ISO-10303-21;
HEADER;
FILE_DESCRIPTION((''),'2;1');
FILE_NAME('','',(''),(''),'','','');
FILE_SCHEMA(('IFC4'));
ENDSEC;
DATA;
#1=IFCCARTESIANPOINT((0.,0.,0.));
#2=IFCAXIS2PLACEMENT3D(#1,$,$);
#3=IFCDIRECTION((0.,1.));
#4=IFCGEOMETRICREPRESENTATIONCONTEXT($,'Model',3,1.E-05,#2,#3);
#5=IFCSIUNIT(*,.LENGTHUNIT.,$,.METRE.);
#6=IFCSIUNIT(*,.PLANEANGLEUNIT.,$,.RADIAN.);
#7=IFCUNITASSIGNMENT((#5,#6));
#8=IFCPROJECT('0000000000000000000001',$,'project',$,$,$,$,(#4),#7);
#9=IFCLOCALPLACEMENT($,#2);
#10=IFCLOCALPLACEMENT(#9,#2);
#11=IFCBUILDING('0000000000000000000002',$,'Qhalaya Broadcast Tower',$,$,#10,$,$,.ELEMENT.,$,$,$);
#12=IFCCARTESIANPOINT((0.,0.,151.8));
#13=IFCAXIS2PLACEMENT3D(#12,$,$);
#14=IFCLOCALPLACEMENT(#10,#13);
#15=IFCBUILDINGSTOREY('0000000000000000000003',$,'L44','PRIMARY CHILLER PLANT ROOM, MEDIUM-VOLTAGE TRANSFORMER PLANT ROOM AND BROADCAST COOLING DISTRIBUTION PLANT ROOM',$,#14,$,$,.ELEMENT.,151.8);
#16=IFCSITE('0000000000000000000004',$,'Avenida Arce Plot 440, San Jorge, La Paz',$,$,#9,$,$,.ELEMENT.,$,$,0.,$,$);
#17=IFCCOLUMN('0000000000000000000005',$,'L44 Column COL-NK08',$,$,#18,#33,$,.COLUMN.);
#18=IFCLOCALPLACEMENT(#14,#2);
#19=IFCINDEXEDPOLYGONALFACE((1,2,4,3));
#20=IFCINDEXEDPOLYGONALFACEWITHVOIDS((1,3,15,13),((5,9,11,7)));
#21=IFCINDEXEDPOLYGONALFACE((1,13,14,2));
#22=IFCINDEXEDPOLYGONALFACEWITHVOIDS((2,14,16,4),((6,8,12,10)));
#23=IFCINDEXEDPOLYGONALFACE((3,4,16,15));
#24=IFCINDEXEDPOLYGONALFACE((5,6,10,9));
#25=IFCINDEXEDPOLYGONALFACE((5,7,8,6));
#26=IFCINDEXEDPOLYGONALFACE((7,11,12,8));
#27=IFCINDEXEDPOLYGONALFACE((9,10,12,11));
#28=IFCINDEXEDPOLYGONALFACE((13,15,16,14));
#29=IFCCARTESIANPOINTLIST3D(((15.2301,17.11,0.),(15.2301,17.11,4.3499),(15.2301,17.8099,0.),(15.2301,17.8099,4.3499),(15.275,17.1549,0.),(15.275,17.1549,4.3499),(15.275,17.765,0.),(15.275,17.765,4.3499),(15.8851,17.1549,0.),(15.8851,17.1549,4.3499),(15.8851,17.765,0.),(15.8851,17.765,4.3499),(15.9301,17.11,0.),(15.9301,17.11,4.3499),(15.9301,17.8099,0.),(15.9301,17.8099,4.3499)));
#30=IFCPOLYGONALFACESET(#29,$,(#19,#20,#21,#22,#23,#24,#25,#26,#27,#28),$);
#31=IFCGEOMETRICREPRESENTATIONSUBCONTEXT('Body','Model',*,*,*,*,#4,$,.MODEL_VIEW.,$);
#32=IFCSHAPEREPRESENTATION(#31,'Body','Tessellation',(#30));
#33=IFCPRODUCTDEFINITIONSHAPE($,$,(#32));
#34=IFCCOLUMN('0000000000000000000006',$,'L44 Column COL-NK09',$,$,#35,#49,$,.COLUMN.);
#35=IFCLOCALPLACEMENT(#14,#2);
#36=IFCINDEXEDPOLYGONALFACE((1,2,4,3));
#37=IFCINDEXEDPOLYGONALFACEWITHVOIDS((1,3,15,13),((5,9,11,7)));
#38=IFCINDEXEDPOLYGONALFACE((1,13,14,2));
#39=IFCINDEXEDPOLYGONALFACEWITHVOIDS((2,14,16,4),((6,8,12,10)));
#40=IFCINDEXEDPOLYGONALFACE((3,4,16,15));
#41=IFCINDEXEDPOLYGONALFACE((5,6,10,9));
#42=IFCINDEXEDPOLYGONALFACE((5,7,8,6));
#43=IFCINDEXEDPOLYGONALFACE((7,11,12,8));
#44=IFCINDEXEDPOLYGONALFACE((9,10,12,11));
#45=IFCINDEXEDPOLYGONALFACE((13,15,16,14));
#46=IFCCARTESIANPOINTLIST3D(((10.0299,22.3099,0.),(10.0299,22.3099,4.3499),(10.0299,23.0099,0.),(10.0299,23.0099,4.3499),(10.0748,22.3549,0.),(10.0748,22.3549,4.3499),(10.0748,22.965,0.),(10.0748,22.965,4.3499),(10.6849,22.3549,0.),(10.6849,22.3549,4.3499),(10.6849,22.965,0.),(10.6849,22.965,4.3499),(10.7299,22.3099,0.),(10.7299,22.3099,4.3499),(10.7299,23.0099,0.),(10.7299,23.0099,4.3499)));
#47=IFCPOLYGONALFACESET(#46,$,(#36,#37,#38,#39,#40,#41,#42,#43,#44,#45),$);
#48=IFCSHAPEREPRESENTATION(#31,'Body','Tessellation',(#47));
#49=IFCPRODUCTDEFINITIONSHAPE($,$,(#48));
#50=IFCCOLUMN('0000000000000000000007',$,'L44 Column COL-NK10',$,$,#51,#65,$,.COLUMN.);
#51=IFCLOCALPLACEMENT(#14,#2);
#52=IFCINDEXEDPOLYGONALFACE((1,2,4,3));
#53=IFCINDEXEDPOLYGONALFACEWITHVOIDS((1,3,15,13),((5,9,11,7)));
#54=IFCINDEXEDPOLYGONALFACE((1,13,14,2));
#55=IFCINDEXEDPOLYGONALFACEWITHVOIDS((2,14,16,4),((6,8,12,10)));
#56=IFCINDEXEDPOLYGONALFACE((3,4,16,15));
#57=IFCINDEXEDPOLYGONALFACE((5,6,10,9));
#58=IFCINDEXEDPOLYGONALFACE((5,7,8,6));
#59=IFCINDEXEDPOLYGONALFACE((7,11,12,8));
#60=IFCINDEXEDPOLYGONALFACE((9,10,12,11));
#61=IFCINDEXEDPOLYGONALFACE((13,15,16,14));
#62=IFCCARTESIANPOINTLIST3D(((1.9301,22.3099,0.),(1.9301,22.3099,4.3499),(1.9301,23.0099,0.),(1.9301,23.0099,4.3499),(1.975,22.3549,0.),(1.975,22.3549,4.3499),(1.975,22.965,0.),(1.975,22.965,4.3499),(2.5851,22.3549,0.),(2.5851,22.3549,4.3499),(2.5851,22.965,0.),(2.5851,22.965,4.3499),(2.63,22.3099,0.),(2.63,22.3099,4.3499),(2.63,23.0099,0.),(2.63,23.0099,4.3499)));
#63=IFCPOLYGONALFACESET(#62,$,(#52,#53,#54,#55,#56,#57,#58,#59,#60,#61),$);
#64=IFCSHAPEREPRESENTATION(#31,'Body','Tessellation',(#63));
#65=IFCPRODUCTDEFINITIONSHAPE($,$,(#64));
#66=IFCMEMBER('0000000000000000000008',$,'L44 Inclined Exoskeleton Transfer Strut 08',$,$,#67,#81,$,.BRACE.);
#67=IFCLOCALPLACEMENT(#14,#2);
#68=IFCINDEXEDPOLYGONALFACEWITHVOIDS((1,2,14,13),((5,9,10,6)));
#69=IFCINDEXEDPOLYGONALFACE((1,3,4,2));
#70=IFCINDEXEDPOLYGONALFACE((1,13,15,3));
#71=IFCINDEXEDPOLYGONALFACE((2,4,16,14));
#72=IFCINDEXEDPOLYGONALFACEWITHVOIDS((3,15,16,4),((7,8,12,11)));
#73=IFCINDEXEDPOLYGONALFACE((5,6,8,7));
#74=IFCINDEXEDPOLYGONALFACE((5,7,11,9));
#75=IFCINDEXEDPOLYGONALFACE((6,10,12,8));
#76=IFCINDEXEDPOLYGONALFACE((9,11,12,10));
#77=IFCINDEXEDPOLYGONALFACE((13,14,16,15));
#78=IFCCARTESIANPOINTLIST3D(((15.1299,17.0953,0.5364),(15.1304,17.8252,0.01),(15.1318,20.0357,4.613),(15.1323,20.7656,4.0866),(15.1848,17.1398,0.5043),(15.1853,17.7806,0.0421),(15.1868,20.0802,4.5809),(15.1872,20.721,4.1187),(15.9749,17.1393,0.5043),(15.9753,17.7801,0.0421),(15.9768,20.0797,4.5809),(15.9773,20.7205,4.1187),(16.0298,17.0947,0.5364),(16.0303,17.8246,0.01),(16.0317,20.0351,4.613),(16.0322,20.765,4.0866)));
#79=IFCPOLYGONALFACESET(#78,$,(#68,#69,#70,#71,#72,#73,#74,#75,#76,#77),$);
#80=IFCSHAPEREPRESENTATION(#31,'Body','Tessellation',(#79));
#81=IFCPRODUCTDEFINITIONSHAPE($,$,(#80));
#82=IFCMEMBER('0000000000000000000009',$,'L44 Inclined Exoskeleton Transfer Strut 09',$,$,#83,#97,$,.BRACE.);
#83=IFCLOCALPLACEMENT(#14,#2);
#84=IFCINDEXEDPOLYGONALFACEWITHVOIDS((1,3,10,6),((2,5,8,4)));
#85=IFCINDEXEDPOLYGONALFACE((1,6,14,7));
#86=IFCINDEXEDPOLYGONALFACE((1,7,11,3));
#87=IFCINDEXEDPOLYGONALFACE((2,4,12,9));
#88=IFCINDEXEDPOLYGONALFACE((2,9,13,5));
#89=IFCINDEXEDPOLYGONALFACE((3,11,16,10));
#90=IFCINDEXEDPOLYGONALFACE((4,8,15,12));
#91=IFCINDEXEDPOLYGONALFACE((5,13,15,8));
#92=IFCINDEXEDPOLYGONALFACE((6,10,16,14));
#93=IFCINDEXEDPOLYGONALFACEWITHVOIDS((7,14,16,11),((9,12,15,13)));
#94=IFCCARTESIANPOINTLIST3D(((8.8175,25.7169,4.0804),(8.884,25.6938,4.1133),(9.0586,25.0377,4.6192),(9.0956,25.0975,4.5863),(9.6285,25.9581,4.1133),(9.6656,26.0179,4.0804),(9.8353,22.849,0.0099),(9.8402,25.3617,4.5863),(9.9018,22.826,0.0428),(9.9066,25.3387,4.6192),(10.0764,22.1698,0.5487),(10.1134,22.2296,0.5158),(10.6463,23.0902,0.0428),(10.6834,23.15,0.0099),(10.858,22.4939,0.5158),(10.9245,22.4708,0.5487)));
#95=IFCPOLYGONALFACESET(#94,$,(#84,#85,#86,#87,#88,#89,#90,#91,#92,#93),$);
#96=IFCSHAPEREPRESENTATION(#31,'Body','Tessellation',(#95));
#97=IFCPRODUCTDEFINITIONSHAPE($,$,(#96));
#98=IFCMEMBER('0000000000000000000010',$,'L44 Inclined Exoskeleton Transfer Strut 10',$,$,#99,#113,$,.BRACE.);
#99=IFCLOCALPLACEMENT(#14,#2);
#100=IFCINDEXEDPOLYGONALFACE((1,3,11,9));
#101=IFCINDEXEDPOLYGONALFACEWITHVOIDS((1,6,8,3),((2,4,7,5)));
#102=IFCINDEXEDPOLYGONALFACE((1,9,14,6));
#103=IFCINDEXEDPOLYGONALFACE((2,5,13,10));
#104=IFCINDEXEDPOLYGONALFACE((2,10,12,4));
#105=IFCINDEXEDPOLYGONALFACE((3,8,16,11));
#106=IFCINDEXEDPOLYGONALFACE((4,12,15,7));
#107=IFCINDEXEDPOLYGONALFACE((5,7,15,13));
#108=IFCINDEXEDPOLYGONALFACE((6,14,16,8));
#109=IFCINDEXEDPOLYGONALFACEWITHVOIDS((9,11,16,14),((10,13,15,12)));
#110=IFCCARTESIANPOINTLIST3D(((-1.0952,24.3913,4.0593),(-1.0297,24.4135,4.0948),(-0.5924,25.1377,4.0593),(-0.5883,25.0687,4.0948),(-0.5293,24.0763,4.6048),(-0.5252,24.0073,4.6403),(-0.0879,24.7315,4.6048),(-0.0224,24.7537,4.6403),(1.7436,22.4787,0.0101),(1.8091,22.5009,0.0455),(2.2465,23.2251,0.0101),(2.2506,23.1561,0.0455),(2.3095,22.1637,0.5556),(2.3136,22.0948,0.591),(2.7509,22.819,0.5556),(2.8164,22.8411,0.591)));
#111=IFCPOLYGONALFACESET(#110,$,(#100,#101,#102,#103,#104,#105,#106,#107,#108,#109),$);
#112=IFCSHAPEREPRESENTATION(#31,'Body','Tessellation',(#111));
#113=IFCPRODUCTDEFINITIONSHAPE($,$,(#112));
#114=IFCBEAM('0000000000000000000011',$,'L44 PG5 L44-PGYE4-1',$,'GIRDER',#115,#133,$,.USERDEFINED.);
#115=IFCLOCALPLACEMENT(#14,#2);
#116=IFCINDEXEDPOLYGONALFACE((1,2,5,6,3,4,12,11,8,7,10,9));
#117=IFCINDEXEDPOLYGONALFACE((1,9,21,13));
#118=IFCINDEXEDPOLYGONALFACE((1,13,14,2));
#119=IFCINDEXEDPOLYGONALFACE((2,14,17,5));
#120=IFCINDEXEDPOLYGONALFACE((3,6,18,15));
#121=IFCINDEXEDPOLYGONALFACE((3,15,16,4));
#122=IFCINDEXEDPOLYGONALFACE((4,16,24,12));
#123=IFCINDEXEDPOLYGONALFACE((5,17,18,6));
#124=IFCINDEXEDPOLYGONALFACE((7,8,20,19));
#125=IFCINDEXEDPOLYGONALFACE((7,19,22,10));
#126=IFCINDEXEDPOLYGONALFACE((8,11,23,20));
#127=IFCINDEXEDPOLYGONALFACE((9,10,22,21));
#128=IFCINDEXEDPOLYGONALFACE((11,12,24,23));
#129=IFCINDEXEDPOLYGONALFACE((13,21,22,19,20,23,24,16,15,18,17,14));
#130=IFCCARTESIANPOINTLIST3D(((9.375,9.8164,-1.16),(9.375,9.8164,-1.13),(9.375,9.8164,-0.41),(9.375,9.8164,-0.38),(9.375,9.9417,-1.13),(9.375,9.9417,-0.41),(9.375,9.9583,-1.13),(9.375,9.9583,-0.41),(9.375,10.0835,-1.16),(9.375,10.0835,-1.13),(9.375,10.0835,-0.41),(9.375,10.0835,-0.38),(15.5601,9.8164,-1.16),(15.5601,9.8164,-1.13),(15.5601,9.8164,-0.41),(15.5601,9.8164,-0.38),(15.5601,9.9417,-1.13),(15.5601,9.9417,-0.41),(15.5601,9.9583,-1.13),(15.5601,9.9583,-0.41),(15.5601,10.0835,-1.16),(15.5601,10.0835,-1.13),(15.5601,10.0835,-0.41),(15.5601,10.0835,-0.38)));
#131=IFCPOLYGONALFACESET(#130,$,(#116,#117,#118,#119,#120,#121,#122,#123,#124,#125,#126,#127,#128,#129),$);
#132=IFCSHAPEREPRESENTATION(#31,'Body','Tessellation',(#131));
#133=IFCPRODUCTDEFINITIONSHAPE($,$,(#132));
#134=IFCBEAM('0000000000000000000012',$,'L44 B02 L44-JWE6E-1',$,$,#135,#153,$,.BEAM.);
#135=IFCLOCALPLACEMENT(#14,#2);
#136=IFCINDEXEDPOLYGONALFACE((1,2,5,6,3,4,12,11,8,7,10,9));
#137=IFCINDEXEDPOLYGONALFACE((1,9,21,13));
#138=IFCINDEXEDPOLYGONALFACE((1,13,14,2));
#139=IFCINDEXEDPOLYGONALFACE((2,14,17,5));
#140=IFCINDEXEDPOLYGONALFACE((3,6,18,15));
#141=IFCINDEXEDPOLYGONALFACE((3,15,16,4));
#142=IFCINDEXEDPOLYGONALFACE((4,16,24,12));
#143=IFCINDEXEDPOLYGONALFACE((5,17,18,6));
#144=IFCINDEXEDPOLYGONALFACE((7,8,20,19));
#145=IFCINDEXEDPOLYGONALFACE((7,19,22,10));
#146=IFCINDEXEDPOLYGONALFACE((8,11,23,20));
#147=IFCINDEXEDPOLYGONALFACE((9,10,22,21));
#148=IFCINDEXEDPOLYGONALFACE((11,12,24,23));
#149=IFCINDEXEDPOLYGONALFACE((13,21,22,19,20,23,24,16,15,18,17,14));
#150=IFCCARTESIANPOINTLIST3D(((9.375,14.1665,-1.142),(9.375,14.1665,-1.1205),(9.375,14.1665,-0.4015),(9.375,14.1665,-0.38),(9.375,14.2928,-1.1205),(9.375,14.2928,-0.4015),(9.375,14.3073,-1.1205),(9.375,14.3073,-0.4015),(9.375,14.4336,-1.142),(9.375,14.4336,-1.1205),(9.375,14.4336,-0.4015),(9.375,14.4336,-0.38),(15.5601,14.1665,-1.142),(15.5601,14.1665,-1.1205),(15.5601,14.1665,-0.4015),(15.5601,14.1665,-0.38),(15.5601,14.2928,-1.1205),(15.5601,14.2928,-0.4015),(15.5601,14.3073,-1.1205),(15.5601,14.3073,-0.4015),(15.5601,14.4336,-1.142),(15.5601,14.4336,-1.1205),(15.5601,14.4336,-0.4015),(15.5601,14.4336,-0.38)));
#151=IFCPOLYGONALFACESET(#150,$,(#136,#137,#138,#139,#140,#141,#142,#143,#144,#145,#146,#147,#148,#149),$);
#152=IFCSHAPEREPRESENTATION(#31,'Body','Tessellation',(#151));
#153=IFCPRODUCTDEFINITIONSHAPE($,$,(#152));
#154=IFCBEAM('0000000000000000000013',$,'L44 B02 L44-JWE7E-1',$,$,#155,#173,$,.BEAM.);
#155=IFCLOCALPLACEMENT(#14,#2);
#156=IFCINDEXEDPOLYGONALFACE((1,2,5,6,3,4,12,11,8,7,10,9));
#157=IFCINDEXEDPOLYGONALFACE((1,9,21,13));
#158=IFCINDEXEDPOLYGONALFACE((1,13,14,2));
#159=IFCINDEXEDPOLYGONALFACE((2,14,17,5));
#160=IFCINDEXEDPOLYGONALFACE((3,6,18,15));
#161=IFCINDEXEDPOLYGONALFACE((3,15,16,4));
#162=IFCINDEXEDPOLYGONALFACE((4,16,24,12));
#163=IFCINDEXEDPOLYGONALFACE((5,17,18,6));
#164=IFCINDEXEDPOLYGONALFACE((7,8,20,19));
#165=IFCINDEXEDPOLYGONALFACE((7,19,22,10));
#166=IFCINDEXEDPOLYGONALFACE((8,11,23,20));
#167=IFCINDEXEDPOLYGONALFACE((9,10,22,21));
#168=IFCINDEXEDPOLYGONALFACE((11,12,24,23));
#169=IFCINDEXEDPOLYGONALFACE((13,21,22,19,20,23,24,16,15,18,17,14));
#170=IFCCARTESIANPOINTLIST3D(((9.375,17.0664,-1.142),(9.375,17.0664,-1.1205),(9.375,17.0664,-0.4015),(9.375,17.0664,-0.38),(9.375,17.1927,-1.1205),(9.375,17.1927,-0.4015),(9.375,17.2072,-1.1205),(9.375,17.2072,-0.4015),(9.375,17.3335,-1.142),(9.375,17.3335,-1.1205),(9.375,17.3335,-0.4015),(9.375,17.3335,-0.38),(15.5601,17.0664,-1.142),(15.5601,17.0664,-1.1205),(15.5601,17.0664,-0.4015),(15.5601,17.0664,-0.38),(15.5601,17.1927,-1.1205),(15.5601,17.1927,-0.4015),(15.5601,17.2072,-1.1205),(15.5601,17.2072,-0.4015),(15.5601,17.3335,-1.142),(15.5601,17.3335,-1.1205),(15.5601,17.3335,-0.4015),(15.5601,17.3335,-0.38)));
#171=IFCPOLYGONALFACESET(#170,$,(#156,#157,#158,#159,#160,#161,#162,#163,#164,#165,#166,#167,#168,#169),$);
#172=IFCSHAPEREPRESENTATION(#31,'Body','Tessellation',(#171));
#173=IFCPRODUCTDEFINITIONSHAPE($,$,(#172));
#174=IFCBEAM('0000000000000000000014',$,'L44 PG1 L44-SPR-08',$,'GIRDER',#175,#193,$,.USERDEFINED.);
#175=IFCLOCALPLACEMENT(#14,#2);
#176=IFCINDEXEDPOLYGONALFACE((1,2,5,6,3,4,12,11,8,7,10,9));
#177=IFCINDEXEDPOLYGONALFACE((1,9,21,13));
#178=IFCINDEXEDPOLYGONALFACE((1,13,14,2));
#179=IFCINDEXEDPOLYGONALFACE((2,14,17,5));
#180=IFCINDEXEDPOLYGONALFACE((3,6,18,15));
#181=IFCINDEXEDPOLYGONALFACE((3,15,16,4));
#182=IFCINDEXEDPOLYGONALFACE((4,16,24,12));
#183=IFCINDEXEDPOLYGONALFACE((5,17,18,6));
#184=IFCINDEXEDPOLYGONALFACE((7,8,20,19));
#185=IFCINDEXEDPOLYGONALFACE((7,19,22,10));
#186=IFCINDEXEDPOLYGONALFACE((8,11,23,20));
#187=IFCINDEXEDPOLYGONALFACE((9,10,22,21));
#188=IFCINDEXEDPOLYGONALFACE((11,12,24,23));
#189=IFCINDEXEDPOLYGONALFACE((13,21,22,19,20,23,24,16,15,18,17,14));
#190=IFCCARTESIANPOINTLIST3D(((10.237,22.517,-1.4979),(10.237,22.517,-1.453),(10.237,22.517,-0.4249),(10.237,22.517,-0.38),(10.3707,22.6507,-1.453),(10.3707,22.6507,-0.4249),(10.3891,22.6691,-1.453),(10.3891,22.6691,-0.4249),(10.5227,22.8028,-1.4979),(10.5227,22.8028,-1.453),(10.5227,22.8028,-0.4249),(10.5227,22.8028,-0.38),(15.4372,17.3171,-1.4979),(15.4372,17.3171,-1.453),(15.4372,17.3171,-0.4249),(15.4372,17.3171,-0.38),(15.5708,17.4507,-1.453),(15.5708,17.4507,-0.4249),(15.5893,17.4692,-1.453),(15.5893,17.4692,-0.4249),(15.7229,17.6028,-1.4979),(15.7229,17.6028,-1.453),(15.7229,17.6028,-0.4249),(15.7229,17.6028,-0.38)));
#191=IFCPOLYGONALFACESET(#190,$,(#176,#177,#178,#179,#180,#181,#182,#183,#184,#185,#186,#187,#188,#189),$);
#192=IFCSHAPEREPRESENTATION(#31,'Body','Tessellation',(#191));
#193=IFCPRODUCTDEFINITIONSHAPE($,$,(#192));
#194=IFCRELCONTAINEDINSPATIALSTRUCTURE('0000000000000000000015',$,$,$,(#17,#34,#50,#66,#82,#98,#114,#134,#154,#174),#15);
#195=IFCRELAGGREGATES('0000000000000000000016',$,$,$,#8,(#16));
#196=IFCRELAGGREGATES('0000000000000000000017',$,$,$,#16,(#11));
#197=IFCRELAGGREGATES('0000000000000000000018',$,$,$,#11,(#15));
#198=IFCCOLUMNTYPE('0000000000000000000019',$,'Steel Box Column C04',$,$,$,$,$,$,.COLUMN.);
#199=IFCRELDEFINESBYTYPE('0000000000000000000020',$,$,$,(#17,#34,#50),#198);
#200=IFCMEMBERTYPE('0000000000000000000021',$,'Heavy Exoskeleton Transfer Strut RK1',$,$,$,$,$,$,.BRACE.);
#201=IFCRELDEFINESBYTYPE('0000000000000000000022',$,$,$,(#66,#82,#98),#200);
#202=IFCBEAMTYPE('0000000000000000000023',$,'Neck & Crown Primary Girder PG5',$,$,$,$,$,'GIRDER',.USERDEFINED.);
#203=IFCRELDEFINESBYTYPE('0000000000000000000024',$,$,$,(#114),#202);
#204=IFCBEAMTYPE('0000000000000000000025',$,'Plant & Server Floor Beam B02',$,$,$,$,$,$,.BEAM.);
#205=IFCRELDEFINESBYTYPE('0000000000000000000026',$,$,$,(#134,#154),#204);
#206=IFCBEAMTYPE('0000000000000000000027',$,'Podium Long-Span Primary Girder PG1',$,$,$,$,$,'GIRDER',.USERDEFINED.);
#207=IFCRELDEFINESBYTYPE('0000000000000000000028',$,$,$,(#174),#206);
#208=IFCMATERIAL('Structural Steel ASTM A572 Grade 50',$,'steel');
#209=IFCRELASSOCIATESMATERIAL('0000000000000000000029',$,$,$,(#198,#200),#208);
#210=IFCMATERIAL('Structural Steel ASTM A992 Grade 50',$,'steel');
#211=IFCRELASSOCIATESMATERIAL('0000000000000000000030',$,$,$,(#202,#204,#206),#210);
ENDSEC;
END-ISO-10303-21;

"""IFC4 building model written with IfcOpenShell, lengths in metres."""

from ifc_helpers import new_model, si_unit, direction, frame, origin, origin_2d, place, context, subcontext, project, spatial, hollow_rectangle, i_section, extrude, material, material_profile, profile_set, type_object, element, save


model = new_model("IFC4")

# Units and contexts
model_context = context("Model", 3, precision=1e-05, world=origin(), true_north=direction((0.0, 1.0)))
body_context = subcontext(model_context, "Body", "Model", "MODEL_VIEW")
ifc_project = project(units=[si_unit("LENGTHUNIT", "METRE"), si_unit("PLANEANGLEUNIT", "RADIAN")], contexts=[model_context])

# Site, building, storey
site_placement = place(None, origin())
site = spatial("IfcSite", under=ifc_project, at=site_placement, Name="Avenida Arce Plot 440, San Jorge, La Paz", CompositionType="ELEMENT", RefElevation=0.0)
building_placement = place(site_placement, origin())
building = spatial("IfcBuilding", under=site, at=building_placement, Name="Qhalaya Broadcast Tower", CompositionType="ELEMENT")
storey_placement = place(building_placement, frame((0.0, 0.0, 151.8)))
storey = spatial("IfcBuildingStorey", under=building, at=storey_placement, Name="L44", Description="PRIMARY CHILLER PLANT ROOM, MEDIUM-VOLTAGE TRANSFORMER PLANT ROOM AND BROADCAST COOLING DISTRIBUTION PLANT ROOM", CompositionType="ELEMENT", Elevation=151.8)

# Columns
ifc_material_1 = material(Name="Structural Steel ASTM A572 Grade 50", Category="steel")
ifc_material_profile_1 = material_profile(ifc_material_1, hollow_rectangle(XDim=0.7, YDim=0.7, WallThickness=0.0449, at=origin_2d()), Name="BOX 700x700x45")
ifc_profile_set_1 = profile_set([ifc_material_profile_1], Name="Structural Steel ASTM A572 Grade 50")
column_type = type_object("IfcColumnType", Name="Steel Box Column C04", PredefinedType="COLUMN", material=ifc_profile_set_1)
for number, where, z_axis, x_axis, name in (
    (1, (15.5801, 17.46, 0.0), (0.0, 0.0, 1.0), (0.0, 1.0, 0.0), "L44 Column COL-NK08"),
    (2, (10.3799, 22.6599, 0.0), (0.0, 0.0, 1.0), (1.0, 0.0, 0.0), "L44 Column COL-NK09"),
    (3, (2.28, 22.6599, 0.0), (0.0, 0.0, 1.0), (1.0, 0.0, 0.0), "L44 Column COL-NK10"),
):
    element("IfcColumn", number, at=place(storey_placement, frame(where, z_axis=z_axis, x_axis=x_axis)), inside=storey, type_object=column_type, Name=name, PredefinedType="COLUMN", context=body_context, shape_type="SweptSolid", body=[
        extrude(hollow_rectangle(XDim=0.7, YDim=0.7, WallThickness=0.0449, at=origin_2d()), origin(), (0.0, 0.0, 1.0), 4.3499),
    ])

# Members
ifc_material_profile_2 = material_profile(ifc_material_1, hollow_rectangle(XDim=0.8999, YDim=0.8999, WallThickness=0.0549, at=origin_2d()), Name="BOX 900x900x55")
ifc_profile_set_2 = profile_set([ifc_material_profile_2], Name="Structural Steel ASTM A572 Grade 50")
member_type = type_object("IfcMemberType", Name="Heavy Exoskeleton Transfer Strut RK1", PredefinedType="BRACE", material=ifc_profile_set_2)
member_1_placement = place(storey_placement, frame((15.5801, 17.46, 0.2732), z_axis=(0.000389, 0.58499, 0.81104), x_axis=(-1.0, 0.000664, 0.0)))
element("IfcMember", 4, at=member_1_placement, inside=storey, type_object=member_type, Name="L44 Inclined Exoskeleton Transfer Strut 08", PredefinedType="BRACE", context=body_context, shape_type="SweptSolid", body=[
    extrude(hollow_rectangle(XDim=0.8999, YDim=0.8999, WallThickness=0.0549, at=origin_2d()), origin(), (0.0, 0.0, 1.0), 5.0264),
])
member_2_placement = place(storey_placement, frame((10.3799, 22.6599, 0.2793), z_axis=(-0.200266, 0.564289, 0.800919), x_axis=(-0.94241, -0.33446, 0.0)))
element("IfcMember", 5, at=member_2_placement, inside=storey, type_object=member_type, Name="L44 Inclined Exoskeleton Transfer Strut 09", PredefinedType="BRACE", context=body_context, shape_type="SweptSolid", body=[
    extrude(hollow_rectangle(XDim=0.8999, YDim=0.8999, WallThickness=0.0549, at=origin_2d()), origin(), (0.0, 0.0, 1.0), 5.0823),
])
member_3_placement = place(storey_placement, frame((2.28, 22.6599, 0.3005), z_axis=(-0.535405, 0.360712, 0.763694), x_axis=(-0.558743, -0.829341, 0.0)))
element("IfcMember", 6, at=member_3_placement, inside=storey, type_object=member_type, Name="L44 Inclined Exoskeleton Transfer Strut 10", PredefinedType="BRACE", context=body_context, shape_type="SweptSolid", body=[
    extrude(hollow_rectangle(XDim=0.8999, YDim=0.8999, WallThickness=0.0549, at=origin_2d()), origin(), (0.0, 0.0, 1.0), 5.3022),
])

# Beams
ifc_material_2 = material(Name="Structural Steel ASTM A992 Grade 50", Category="steel")
ifc_material_profile_3 = material_profile(ifc_material_2, i_section(OverallWidth=0.2671, OverallDepth=0.78, WebThickness=0.0166, FlangeThickness=0.03, at=origin_2d()), Name="W30X148")
ifc_profile_set_3 = profile_set([ifc_material_profile_3], Name="Structural Steel ASTM A992 Grade 50")
beam_type_1 = type_object("IfcBeamType", Name="Neck & Crown Primary Girder PG5", ElementType="GIRDER", PredefinedType="USERDEFINED", material=ifc_profile_set_3)
beam_1_placement = place(storey_placement, frame((9.375, 9.95, -0.77), z_axis=(1.0, 0.0, 0.0), x_axis=(0.0, 1.0, 0.0)))
element("IfcBeam", 7, at=beam_1_placement, inside=storey, type_object=beam_type_1, Name="L44 PG5 L44-PGYE4-1", ObjectType="GIRDER", PredefinedType="USERDEFINED", context=body_context, shape_type="SweptSolid", body=[
    extrude(i_section(OverallWidth=0.2671, OverallDepth=0.78, WebThickness=0.0166, FlangeThickness=0.03, at=origin_2d()), origin(), (0.0, 0.0, 1.0), 6.1851),
])
ifc_material_profile_4 = material_profile(ifc_material_2, i_section(OverallWidth=0.2671, OverallDepth=0.762, WebThickness=0.0144, FlangeThickness=0.0215, at=origin_2d()), Name="W30X116")
ifc_profile_set_4 = profile_set([ifc_material_profile_4], Name="Structural Steel ASTM A992 Grade 50")
beam_type_2 = type_object("IfcBeamType", Name="Plant & Server Floor Beam B02", PredefinedType="BEAM", material=ifc_profile_set_4)
for number, where, z_axis, x_axis, name in (
    (8, (9.375, 14.3, -0.761), (1.0, 0.0, 0.0), (0.0, 1.0, 0.0), "L44 B02 L44-JWE6E-1"),
    (9, (9.375, 17.2, -0.761), (1.0, 0.0, 0.0), (0.0, 1.0, 0.0), "L44 B02 L44-JWE7E-1"),
):
    element("IfcBeam", number, at=place(storey_placement, frame(where, z_axis=z_axis, x_axis=x_axis)), inside=storey, type_object=beam_type_2, Name=name, PredefinedType="BEAM", context=body_context, shape_type="SweptSolid", body=[
        extrude(i_section(OverallWidth=0.2671, OverallDepth=0.762, WebThickness=0.0144, FlangeThickness=0.0215, at=origin_2d()), origin(), (0.0, 0.0, 1.0), 6.1851),
    ])
ifc_material_profile_5 = material_profile(ifc_material_2, i_section(OverallWidth=0.4041, OverallDepth=1.1179, WebThickness=0.0261, FlangeThickness=0.0449, at=origin_2d()), Name="W44X335")
ifc_profile_set_5 = profile_set([ifc_material_profile_5], Name="Structural Steel ASTM A992 Grade 50")
beam_type_3 = type_object("IfcBeamType", Name="Podium Long-Span Primary Girder PG1", ElementType="GIRDER", PredefinedType="USERDEFINED", material=ifc_profile_set_5)
beam_2_placement = place(storey_placement, frame((15.5801, 17.46, -0.939), z_axis=(-0.707123, 0.70709, 0.0), x_axis=(-0.70709, -0.707123, 0.0)))
element("IfcBeam", 10, at=beam_2_placement, inside=storey, type_object=beam_type_3, Name="L44 PG1 L44-SPR-08", ObjectType="GIRDER", PredefinedType="USERDEFINED", context=body_context, shape_type="SweptSolid", body=[
    extrude(i_section(OverallWidth=0.4041, OverallDepth=1.1179, WebThickness=0.0261, FlangeThickness=0.0449, at=origin_2d()), origin(), (0.0, 0.0, 1.0), 7.354),
])

save(model, "model.ifc")
